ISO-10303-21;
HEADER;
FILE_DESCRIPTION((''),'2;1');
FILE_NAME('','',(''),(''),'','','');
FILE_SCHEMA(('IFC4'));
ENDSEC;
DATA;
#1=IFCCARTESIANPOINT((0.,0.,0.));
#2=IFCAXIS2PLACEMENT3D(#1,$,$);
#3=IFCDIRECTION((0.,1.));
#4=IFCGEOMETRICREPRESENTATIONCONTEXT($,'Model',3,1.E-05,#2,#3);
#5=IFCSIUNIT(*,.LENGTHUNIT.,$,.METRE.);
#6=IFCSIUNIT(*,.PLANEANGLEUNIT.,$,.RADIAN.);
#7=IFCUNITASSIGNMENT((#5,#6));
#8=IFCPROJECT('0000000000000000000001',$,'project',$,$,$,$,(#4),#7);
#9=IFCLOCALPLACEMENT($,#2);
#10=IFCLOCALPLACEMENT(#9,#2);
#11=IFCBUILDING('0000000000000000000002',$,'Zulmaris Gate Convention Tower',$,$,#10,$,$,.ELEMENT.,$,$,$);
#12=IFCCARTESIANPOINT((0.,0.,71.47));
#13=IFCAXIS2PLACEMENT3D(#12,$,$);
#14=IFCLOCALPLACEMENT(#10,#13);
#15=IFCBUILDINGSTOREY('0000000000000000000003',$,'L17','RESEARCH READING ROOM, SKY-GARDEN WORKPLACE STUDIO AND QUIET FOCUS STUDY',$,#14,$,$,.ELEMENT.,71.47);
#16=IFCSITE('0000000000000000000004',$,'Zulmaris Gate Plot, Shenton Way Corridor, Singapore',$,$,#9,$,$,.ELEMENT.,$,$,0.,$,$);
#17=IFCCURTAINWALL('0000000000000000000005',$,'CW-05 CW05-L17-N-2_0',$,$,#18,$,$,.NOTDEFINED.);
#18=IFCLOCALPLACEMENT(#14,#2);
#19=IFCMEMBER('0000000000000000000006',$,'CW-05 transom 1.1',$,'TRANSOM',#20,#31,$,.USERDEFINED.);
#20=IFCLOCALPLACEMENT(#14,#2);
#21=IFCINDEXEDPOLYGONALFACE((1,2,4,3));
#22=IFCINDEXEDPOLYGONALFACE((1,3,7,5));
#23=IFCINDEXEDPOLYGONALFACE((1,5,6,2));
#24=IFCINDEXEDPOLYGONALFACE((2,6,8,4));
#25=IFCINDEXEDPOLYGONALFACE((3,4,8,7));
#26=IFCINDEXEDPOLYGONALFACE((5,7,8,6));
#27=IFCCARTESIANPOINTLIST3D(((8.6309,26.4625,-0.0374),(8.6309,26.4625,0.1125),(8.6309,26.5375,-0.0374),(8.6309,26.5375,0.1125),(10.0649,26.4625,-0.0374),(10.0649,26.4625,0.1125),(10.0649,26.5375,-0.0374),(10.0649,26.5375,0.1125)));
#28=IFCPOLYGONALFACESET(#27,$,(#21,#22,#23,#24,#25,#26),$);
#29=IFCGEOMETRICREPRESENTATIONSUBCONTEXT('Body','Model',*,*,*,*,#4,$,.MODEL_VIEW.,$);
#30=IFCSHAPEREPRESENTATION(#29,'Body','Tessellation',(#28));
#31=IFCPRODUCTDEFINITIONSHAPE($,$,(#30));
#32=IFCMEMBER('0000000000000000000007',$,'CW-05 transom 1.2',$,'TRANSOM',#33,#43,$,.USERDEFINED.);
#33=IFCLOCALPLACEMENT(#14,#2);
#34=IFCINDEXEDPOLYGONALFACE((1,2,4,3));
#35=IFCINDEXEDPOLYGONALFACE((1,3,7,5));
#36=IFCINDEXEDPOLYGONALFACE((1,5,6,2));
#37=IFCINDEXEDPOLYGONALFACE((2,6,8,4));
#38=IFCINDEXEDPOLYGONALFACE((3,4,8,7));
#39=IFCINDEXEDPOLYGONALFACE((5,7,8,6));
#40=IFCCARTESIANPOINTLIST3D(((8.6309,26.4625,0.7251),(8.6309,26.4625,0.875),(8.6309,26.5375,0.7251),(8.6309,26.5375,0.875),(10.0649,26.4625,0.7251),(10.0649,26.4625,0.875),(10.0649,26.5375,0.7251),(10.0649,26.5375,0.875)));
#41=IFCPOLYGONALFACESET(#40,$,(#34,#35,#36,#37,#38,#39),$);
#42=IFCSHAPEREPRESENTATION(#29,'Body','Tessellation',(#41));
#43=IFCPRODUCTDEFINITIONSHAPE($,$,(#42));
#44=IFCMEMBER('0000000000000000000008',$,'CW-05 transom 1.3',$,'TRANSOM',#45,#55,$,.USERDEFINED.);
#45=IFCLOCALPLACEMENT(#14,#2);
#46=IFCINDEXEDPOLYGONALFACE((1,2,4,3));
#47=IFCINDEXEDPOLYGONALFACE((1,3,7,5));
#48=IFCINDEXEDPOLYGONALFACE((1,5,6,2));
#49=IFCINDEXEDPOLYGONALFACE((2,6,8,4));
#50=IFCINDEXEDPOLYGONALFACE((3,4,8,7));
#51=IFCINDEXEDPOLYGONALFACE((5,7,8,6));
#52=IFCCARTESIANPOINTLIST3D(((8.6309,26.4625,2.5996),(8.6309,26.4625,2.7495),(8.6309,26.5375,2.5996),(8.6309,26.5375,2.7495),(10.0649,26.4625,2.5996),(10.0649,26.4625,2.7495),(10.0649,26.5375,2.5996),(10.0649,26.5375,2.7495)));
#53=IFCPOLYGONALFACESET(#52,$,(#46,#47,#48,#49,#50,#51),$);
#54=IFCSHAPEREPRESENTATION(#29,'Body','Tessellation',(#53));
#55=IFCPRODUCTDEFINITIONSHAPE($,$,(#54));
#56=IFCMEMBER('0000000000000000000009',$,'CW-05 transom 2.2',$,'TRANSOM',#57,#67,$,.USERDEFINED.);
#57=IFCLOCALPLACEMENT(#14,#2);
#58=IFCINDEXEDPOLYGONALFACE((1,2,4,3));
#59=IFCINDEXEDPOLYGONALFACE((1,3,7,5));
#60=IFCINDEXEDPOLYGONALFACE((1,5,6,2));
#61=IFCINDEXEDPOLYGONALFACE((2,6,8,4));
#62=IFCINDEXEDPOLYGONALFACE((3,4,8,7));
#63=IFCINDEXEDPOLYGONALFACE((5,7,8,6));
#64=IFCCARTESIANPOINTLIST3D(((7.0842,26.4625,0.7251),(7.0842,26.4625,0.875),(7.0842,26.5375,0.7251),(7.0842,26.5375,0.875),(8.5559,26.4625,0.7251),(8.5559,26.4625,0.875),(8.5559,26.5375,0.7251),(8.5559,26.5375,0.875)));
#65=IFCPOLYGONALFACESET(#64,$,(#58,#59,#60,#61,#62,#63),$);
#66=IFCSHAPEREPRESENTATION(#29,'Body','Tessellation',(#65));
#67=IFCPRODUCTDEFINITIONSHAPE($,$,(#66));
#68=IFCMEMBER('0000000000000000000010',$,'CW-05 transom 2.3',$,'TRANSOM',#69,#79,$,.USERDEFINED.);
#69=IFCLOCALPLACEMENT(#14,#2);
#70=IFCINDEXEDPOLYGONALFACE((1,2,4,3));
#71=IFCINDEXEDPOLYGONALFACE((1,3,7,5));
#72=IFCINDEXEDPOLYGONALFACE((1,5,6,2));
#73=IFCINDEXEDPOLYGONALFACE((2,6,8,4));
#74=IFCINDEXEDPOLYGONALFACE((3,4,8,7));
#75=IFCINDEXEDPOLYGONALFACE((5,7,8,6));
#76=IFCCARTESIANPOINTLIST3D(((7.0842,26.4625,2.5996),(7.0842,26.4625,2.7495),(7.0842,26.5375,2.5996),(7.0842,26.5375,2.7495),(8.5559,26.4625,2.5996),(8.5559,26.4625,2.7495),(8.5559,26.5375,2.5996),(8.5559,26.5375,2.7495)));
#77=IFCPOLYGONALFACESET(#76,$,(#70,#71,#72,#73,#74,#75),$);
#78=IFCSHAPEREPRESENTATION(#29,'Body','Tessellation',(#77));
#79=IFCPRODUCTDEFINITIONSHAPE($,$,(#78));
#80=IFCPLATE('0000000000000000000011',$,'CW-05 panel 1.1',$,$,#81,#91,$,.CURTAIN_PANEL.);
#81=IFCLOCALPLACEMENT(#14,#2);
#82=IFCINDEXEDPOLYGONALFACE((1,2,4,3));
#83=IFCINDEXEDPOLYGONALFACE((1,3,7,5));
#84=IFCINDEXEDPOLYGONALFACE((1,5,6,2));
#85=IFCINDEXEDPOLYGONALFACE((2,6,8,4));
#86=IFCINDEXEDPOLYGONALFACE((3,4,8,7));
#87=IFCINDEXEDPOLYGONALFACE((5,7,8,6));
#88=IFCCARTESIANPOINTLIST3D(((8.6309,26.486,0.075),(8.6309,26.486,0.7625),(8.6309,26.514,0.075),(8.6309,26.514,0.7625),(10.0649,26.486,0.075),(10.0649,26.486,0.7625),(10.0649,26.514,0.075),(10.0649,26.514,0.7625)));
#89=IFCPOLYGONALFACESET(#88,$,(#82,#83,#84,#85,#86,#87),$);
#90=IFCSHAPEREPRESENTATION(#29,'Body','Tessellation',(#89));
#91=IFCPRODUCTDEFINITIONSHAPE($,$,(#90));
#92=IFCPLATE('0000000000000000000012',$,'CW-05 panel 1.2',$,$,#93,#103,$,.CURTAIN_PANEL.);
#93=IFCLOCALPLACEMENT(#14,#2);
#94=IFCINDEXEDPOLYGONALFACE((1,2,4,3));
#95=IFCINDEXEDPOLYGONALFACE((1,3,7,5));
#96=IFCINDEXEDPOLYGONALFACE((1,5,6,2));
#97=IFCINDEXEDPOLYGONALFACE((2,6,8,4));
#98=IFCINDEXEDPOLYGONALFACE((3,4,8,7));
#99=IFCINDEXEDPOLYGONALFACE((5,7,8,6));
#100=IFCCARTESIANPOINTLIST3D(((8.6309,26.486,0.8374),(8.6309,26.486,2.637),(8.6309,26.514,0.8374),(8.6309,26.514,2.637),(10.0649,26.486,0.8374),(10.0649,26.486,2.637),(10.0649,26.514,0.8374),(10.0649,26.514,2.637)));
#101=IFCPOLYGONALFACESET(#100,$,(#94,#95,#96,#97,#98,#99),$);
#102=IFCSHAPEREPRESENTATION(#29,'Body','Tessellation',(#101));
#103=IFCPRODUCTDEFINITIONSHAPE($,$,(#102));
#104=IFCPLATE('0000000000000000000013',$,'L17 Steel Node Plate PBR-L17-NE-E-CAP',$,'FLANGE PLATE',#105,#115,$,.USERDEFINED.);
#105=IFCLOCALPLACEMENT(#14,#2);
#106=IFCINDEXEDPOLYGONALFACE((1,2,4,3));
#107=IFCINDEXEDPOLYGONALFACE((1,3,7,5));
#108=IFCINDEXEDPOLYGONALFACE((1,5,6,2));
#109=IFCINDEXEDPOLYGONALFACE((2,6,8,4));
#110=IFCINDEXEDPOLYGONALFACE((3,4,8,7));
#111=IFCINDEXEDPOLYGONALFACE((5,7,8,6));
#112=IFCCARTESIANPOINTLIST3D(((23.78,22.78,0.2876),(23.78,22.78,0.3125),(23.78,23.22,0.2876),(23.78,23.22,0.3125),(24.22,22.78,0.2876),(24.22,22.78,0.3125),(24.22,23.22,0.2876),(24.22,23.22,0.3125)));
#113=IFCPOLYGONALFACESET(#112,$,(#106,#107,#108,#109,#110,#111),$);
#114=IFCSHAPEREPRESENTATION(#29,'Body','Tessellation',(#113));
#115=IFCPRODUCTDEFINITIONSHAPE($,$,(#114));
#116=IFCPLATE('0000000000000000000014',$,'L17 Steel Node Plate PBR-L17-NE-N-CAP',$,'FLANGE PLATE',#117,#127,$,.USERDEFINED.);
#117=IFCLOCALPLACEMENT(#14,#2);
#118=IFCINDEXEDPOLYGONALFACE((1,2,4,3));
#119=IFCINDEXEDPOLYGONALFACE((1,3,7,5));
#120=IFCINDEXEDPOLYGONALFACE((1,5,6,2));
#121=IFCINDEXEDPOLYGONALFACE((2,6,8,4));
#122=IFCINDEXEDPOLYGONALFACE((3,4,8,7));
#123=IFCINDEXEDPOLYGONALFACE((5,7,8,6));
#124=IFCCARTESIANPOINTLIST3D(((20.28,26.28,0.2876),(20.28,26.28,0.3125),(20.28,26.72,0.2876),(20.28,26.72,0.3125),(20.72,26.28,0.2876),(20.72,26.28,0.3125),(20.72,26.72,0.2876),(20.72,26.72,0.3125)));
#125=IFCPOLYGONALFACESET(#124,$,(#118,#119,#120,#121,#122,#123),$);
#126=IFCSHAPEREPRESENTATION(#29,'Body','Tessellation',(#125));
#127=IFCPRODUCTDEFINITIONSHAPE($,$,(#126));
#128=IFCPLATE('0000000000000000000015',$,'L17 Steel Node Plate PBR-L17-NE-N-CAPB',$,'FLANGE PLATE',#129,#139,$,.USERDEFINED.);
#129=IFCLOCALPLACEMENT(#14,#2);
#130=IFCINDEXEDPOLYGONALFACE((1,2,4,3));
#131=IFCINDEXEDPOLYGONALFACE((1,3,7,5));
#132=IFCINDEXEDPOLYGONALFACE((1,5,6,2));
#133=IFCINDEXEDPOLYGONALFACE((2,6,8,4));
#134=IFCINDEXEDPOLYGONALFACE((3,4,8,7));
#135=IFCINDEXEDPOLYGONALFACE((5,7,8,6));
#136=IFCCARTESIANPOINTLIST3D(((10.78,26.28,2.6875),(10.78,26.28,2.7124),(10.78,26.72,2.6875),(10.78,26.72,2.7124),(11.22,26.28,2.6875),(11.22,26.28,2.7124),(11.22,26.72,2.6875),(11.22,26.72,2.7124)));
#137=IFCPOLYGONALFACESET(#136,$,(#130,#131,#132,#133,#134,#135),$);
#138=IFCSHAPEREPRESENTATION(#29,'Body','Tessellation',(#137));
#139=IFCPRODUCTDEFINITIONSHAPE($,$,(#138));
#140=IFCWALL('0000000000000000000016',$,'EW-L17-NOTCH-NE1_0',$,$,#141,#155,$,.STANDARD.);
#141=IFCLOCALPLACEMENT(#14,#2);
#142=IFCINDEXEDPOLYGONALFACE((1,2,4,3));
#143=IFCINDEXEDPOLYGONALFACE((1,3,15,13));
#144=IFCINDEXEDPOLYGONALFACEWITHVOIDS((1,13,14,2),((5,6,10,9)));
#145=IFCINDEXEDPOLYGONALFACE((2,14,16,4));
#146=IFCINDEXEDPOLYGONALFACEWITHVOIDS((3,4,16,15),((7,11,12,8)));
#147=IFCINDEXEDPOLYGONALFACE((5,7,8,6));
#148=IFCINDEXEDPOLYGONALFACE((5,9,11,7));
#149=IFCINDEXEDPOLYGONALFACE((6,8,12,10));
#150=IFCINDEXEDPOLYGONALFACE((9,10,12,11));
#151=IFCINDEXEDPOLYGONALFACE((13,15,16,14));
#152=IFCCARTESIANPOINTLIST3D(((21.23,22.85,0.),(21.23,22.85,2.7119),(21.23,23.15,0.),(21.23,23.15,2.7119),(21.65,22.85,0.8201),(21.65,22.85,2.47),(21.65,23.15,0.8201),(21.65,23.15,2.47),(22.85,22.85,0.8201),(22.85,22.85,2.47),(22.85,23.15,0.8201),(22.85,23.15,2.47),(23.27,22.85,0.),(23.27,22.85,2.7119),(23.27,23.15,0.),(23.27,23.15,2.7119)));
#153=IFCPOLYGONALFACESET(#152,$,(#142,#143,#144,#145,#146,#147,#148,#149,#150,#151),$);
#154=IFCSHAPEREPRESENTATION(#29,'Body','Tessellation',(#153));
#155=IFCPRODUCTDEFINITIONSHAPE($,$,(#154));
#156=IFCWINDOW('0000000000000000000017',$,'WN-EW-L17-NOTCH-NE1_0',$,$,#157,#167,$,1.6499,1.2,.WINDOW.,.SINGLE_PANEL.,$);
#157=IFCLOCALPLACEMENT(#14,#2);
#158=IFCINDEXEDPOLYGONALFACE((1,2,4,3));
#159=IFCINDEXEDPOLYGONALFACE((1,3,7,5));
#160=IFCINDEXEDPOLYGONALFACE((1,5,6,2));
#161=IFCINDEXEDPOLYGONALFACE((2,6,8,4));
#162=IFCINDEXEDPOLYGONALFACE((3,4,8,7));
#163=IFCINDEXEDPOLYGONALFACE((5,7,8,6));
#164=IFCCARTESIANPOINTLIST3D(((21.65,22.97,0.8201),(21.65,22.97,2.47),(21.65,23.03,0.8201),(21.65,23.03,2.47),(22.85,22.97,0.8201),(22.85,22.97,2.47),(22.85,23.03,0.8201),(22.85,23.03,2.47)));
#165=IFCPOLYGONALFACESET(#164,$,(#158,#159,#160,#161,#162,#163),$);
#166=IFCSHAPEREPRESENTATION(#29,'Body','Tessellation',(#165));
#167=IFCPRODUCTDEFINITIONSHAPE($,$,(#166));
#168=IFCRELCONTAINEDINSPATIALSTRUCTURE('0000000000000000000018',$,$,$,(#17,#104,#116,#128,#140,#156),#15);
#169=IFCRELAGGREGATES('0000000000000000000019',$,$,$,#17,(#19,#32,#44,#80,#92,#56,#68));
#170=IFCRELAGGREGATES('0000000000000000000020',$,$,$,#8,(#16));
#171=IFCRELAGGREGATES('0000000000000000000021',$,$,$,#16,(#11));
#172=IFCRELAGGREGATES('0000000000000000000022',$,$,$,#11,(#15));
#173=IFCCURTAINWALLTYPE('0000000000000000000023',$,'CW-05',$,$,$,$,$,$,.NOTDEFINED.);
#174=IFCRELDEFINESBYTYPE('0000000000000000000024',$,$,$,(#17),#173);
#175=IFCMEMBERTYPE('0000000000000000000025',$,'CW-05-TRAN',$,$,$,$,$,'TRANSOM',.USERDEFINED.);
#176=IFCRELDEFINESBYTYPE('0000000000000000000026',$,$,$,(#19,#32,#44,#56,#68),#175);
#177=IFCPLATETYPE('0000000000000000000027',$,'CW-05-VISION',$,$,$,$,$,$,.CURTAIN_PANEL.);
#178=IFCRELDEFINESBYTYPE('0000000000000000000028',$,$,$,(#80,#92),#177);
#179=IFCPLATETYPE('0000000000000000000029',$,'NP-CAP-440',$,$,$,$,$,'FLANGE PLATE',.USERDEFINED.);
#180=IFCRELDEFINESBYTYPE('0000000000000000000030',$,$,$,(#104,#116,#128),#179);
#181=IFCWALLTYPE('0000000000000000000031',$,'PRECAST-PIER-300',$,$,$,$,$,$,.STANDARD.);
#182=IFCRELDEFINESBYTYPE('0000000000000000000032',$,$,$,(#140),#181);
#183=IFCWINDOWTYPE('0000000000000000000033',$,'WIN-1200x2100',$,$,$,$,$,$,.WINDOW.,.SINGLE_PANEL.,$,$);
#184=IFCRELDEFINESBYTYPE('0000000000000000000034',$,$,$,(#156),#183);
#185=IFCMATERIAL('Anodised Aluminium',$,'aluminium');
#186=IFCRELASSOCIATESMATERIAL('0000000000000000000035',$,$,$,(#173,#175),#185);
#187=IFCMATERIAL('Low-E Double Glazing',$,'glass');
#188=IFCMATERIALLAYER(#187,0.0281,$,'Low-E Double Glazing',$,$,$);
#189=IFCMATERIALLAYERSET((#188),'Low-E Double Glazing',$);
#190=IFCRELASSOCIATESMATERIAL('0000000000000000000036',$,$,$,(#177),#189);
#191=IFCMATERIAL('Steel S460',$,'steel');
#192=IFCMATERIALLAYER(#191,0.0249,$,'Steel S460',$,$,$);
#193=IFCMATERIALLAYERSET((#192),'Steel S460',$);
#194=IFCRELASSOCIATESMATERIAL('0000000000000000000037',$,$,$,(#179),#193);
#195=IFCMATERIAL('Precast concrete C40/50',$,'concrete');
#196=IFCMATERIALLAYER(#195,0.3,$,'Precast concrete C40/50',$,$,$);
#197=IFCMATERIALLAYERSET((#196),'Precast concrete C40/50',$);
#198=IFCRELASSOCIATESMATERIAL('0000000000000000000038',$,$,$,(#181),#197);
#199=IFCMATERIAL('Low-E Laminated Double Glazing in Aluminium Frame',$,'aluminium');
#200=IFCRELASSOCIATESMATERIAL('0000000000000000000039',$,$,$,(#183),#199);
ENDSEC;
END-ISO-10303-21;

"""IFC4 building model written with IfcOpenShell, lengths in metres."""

from ifc_helpers import new_model, si_unit, direction, frame, frame_2d, origin, origin_2d, place, context, subcontext, project, spatial, rectangle, extrude, material, layer, layer_set, material_profile, profile_set, type_object, element, fill, aggregate, save


model = new_model("IFC4")

# Units and contexts
model_context = context("Model", 3, precision=1e-05, world=origin(), true_north=direction((0.0, 1.0)))
body_context = subcontext(model_context, "Body", "Model", "MODEL_VIEW")
ifc_project = project(units=[si_unit("LENGTHUNIT", "METRE"), si_unit("PLANEANGLEUNIT", "RADIAN")], contexts=[model_context])

# Site, building, storey
site_placement = place(None, origin())
site = spatial("IfcSite", under=ifc_project, at=site_placement, Name="Zulmaris Gate Plot, Shenton Way Corridor, Singapore", CompositionType="ELEMENT", RefElevation=0.0)
building_placement = place(site_placement, origin())
building = spatial("IfcBuilding", under=site, at=building_placement, Name="Zulmaris Gate Convention Tower", CompositionType="ELEMENT")
storey_placement = place(building_placement, frame((0.0, 0.0, 71.47)))
storey = spatial("IfcBuildingStorey", under=building, at=storey_placement, Name="L17", Description="RESEARCH READING ROOM, SKY-GARDEN WORKPLACE STUDIO AND QUIET FOCUS STUDY", CompositionType="ELEMENT", Elevation=71.47)

# Shared definitions
ifc_material_1 = material(Name="Steel S460", Category="steel")

# Curtain wall, members, plates
ifc_material_2 = material(Name="Anodised Aluminium", Category="aluminium")
curtain_wall_type = type_object("IfcCurtainWallType", Name="CW-05", PredefinedType="NOTDEFINED", material=ifc_material_2)
curtain_wall_placement = place(storey_placement, origin())
curtain_wall = element("IfcCurtainWall", 1, at=curtain_wall_placement, inside=storey, type_object=curtain_wall_type, Name="CW-05 CW05-L17-N-2_0", PredefinedType="NOTDEFINED")
ifc_material_profile_1 = material_profile(ifc_material_2, rectangle(XDim=0.075, YDim=0.1499, at=origin_2d()), Name="ALU TRANSOM 75x150")
ifc_profile_set_1 = profile_set([ifc_material_profile_1], Name="Anodised Aluminium")
member_type_1 = type_object("IfcMemberType", Name="CW-05-TRAN", ElementType="TRANSOM", PredefinedType="USERDEFINED", material=ifc_profile_set_1)
member_1_placement = place(storey_placement, frame((10.0649, 26.5, 0.0376), z_axis=(-1.0, 0.0, 0.0), x_axis=(0.0, -1.0, 0.0)))
member_1 = element("IfcMember", 2, at=member_1_placement, type_object=member_type_1, Name="CW-05 transom 1.1", ObjectType="TRANSOM", PredefinedType="USERDEFINED", context=body_context, shape_type="SweptSolid", body=[
    extrude(rectangle(XDim=0.075, YDim=0.1499, at=origin_2d()), origin(), (0.0, 0.0, 1.0), 1.4341),
])
member_2_placement = place(storey_placement, frame((10.0649, 26.5, 0.8), z_axis=(-1.0, 0.0, 0.0), x_axis=(0.0, -1.0, 0.0)))
member_2 = element("IfcMember", 3, at=member_2_placement, type_object=member_type_1, Name="CW-05 transom 1.2", ObjectType="TRANSOM", PredefinedType="USERDEFINED", context=body_context, shape_type="SweptSolid", body=[
    extrude(rectangle(XDim=0.075, YDim=0.1499, at=origin_2d()), origin(), (0.0, 0.0, 1.0), 1.4341),
])
member_3_placement = place(storey_placement, frame((10.0649, 26.5, 2.6746), z_axis=(-1.0, 0.0, 0.0), x_axis=(0.0, -1.0, 0.0)))
member_3 = element("IfcMember", 4, at=member_3_placement, type_object=member_type_1, Name="CW-05 transom 1.3", ObjectType="TRANSOM", PredefinedType="USERDEFINED", context=body_context, shape_type="SweptSolid", body=[
    extrude(rectangle(XDim=0.075, YDim=0.1499, at=origin_2d()), origin(), (0.0, 0.0, 1.0), 1.4341),
])
member_4_placement = place(storey_placement, frame((8.5559, 26.5, 0.8), z_axis=(-1.0, 0.0, 0.0), x_axis=(0.0, -1.0, 0.0)))
member_4 = element("IfcMember", 5, at=member_4_placement, type_object=member_type_1, Name="CW-05 transom 2.2", ObjectType="TRANSOM", PredefinedType="USERDEFINED", context=body_context, shape_type="SweptSolid", body=[
    extrude(rectangle(XDim=0.075, YDim=0.1499, at=origin_2d()), origin(), (0.0, 0.0, 1.0), 1.4717),
])
member_5_placement = place(storey_placement, frame((8.5559, 26.5, 2.6746), z_axis=(-1.0, 0.0, 0.0), x_axis=(0.0, -1.0, 0.0)))
member_5 = element("IfcMember", 6, at=member_5_placement, type_object=member_type_1, Name="CW-05 transom 2.3", ObjectType="TRANSOM", PredefinedType="USERDEFINED", context=body_context, shape_type="SweptSolid", body=[
    extrude(rectangle(XDim=0.075, YDim=0.1499, at=origin_2d()), origin(), (0.0, 0.0, 1.0), 1.4717),
])
ifc_material_3 = material(Name="Low-E Double Glazing", Category="glass")
ifc_layer_1 = layer(ifc_material_3, 0.0281, Name="Low-E Double Glazing")
ifc_layer_set_1 = layer_set([ifc_layer_1], Name="Low-E Double Glazing")
plate_type_1 = type_object("IfcPlateType", Name="CW-05-VISION", PredefinedType="CURTAIN_PANEL", material=ifc_layer_set_1)
plate_1_placement = place(storey_placement, frame((9.3479, 26.5, 0.075), z_axis=(0.0, 0.0, 1.0), x_axis=(-1.0, 0.0, 0.0)))
plate_1 = element("IfcPlate", 7, at=plate_1_placement, type_object=plate_type_1, Name="CW-05 panel 1.1", PredefinedType="CURTAIN_PANEL", context=body_context, shape_type="SweptSolid", body=[
    extrude(rectangle(XDim=1.4341, YDim=0.0281, at=origin_2d()), origin(), (0.0, 0.0, 1.0), 0.6875),
])
plate_2_placement = place(storey_placement, frame((9.3479, 26.5, 0.8374), z_axis=(0.0, 0.0, 1.0), x_axis=(-1.0, 0.0, 0.0)))
plate_2 = element("IfcPlate", 8, at=plate_2_placement, type_object=plate_type_1, Name="CW-05 panel 1.2", PredefinedType="CURTAIN_PANEL", context=body_context, shape_type="SweptSolid", body=[
    extrude(rectangle(XDim=1.4341, YDim=0.0281, at=origin_2d()), origin(), (0.0, 0.0, 1.0), 1.7996),
])
aggregate(curtain_wall, [member_1, member_2, member_3, plate_1, plate_2, member_4, member_5])

# Plates
ifc_layer_2 = layer(ifc_material_1, 0.0249, Name="Steel S460")
ifc_layer_set_2 = layer_set([ifc_layer_2], Name="Steel S460")
plate_type_2 = type_object("IfcPlateType", Name="NP-CAP-440", ElementType="FLANGE PLATE", PredefinedType="USERDEFINED", material=ifc_layer_set_2)
for number, where, z_axis, x_axis, name in (
    (9, (24.0, 23.0, 0.2876), (0.0, 0.0, 1.0), (1.0, 0.0, 0.0), "L17 Steel Node Plate PBR-L17-NE-E-CAP"),
    (10, (20.5, 26.5, 0.2876), (0.0, 0.0, 1.0), (1.0, 0.0, 0.0), "L17 Steel Node Plate PBR-L17-NE-N-CAP"),
    (11, (11.0, 26.5, 2.6875), (0.0, 0.0, 1.0), (1.0, 0.0, 0.0), "L17 Steel Node Plate PBR-L17-NE-N-CAPB"),
):
    element("IfcPlate", number, at=place(storey_placement, frame(where, z_axis=z_axis, x_axis=x_axis)), inside=storey, type_object=plate_type_2, Name=name, ObjectType="FLANGE PLATE", PredefinedType="USERDEFINED", context=body_context, shape_type="SweptSolid", body=[
        extrude(rectangle(XDim=0.4399, YDim=0.4399, at=origin_2d()), origin(), (0.0, 0.0, 1.0), 0.0249),
    ])

# Wall, opening, window
ifc_material_4 = material(Name="Precast concrete C40/50", Category="concrete")
ifc_layer_3 = layer(ifc_material_4, 0.3, Name="Precast concrete C40/50")
ifc_layer_set_3 = layer_set([ifc_layer_3], Name="Precast concrete C40/50")
wall_type = type_object("IfcWallType", Name="PRECAST-PIER-300", PredefinedType="STANDARD", material=ifc_layer_set_3)
wall_1_placement = place(storey_placement, frame((23.27, 23.0, 0.0), z_axis=(0.0, 0.0, 1.0), x_axis=(-1.0, 0.0, 0.0)))
wall_1 = element("IfcWall", 12, at=wall_1_placement, inside=storey, type_object=wall_type, Name="EW-L17-NOTCH-NE1_0", PredefinedType="STANDARD", context=body_context, shape_type="SweptSolid", body=[
    extrude(rectangle(XDim=2.04, YDim=0.3, at=frame_2d((1.02, 0.0))), origin(), (0.0, 0.0, 1.0), 2.7119),
])
opening_1_placement = place(wall_1_placement, frame((0.4199, 0.0, 0.8201)))
opening_1 = element("IfcOpeningElement", 13, at=opening_1_placement, cuts=wall_1, PredefinedType="OPENING", context=body_context, shape_type="SweptSolid", body=[
    extrude(rectangle(XDim=1.2, YDim=1.6499, at=frame_2d((0.6001, 0.825))), frame((0.0, 0.1602, 0.0), z_axis=(0.0, -1.0, 0.0), x_axis=(1.0, 0.0, 0.0)), (0.0, 0.0, 1.0), 0.3201),
])
ifc_material_5 = material(Name="Low-E Laminated Double Glazing in Aluminium Frame", Category="aluminium")
window_type = type_object("IfcWindowType", Name="WIN-1200x2100", PartitioningType="SINGLE_PANEL", PredefinedType="WINDOW", material=ifc_material_5)
window_1_placement = place(opening_1_placement, origin())
window_1 = element("IfcWindow", 14, at=window_1_placement, inside=storey, type_object=window_type, Name="WN-EW-L17-NOTCH-NE1_0", OverallHeight=1.6499, OverallWidth=1.2, PartitioningType="SINGLE_PANEL", PredefinedType="WINDOW", context=body_context, shape_type="SweptSolid", body=[
    extrude(rectangle(XDim=1.2, YDim=1.6499, at=frame_2d((0.6001, 0.825))), frame((0.0, 0.03, 0.0), z_axis=(0.0, -1.0, 0.0), x_axis=(1.0, 0.0, 0.0)), (0.0, 0.0, 1.0), 0.0601),
])
fill(opening_1, window_1)

save(model, "model.ifc")
